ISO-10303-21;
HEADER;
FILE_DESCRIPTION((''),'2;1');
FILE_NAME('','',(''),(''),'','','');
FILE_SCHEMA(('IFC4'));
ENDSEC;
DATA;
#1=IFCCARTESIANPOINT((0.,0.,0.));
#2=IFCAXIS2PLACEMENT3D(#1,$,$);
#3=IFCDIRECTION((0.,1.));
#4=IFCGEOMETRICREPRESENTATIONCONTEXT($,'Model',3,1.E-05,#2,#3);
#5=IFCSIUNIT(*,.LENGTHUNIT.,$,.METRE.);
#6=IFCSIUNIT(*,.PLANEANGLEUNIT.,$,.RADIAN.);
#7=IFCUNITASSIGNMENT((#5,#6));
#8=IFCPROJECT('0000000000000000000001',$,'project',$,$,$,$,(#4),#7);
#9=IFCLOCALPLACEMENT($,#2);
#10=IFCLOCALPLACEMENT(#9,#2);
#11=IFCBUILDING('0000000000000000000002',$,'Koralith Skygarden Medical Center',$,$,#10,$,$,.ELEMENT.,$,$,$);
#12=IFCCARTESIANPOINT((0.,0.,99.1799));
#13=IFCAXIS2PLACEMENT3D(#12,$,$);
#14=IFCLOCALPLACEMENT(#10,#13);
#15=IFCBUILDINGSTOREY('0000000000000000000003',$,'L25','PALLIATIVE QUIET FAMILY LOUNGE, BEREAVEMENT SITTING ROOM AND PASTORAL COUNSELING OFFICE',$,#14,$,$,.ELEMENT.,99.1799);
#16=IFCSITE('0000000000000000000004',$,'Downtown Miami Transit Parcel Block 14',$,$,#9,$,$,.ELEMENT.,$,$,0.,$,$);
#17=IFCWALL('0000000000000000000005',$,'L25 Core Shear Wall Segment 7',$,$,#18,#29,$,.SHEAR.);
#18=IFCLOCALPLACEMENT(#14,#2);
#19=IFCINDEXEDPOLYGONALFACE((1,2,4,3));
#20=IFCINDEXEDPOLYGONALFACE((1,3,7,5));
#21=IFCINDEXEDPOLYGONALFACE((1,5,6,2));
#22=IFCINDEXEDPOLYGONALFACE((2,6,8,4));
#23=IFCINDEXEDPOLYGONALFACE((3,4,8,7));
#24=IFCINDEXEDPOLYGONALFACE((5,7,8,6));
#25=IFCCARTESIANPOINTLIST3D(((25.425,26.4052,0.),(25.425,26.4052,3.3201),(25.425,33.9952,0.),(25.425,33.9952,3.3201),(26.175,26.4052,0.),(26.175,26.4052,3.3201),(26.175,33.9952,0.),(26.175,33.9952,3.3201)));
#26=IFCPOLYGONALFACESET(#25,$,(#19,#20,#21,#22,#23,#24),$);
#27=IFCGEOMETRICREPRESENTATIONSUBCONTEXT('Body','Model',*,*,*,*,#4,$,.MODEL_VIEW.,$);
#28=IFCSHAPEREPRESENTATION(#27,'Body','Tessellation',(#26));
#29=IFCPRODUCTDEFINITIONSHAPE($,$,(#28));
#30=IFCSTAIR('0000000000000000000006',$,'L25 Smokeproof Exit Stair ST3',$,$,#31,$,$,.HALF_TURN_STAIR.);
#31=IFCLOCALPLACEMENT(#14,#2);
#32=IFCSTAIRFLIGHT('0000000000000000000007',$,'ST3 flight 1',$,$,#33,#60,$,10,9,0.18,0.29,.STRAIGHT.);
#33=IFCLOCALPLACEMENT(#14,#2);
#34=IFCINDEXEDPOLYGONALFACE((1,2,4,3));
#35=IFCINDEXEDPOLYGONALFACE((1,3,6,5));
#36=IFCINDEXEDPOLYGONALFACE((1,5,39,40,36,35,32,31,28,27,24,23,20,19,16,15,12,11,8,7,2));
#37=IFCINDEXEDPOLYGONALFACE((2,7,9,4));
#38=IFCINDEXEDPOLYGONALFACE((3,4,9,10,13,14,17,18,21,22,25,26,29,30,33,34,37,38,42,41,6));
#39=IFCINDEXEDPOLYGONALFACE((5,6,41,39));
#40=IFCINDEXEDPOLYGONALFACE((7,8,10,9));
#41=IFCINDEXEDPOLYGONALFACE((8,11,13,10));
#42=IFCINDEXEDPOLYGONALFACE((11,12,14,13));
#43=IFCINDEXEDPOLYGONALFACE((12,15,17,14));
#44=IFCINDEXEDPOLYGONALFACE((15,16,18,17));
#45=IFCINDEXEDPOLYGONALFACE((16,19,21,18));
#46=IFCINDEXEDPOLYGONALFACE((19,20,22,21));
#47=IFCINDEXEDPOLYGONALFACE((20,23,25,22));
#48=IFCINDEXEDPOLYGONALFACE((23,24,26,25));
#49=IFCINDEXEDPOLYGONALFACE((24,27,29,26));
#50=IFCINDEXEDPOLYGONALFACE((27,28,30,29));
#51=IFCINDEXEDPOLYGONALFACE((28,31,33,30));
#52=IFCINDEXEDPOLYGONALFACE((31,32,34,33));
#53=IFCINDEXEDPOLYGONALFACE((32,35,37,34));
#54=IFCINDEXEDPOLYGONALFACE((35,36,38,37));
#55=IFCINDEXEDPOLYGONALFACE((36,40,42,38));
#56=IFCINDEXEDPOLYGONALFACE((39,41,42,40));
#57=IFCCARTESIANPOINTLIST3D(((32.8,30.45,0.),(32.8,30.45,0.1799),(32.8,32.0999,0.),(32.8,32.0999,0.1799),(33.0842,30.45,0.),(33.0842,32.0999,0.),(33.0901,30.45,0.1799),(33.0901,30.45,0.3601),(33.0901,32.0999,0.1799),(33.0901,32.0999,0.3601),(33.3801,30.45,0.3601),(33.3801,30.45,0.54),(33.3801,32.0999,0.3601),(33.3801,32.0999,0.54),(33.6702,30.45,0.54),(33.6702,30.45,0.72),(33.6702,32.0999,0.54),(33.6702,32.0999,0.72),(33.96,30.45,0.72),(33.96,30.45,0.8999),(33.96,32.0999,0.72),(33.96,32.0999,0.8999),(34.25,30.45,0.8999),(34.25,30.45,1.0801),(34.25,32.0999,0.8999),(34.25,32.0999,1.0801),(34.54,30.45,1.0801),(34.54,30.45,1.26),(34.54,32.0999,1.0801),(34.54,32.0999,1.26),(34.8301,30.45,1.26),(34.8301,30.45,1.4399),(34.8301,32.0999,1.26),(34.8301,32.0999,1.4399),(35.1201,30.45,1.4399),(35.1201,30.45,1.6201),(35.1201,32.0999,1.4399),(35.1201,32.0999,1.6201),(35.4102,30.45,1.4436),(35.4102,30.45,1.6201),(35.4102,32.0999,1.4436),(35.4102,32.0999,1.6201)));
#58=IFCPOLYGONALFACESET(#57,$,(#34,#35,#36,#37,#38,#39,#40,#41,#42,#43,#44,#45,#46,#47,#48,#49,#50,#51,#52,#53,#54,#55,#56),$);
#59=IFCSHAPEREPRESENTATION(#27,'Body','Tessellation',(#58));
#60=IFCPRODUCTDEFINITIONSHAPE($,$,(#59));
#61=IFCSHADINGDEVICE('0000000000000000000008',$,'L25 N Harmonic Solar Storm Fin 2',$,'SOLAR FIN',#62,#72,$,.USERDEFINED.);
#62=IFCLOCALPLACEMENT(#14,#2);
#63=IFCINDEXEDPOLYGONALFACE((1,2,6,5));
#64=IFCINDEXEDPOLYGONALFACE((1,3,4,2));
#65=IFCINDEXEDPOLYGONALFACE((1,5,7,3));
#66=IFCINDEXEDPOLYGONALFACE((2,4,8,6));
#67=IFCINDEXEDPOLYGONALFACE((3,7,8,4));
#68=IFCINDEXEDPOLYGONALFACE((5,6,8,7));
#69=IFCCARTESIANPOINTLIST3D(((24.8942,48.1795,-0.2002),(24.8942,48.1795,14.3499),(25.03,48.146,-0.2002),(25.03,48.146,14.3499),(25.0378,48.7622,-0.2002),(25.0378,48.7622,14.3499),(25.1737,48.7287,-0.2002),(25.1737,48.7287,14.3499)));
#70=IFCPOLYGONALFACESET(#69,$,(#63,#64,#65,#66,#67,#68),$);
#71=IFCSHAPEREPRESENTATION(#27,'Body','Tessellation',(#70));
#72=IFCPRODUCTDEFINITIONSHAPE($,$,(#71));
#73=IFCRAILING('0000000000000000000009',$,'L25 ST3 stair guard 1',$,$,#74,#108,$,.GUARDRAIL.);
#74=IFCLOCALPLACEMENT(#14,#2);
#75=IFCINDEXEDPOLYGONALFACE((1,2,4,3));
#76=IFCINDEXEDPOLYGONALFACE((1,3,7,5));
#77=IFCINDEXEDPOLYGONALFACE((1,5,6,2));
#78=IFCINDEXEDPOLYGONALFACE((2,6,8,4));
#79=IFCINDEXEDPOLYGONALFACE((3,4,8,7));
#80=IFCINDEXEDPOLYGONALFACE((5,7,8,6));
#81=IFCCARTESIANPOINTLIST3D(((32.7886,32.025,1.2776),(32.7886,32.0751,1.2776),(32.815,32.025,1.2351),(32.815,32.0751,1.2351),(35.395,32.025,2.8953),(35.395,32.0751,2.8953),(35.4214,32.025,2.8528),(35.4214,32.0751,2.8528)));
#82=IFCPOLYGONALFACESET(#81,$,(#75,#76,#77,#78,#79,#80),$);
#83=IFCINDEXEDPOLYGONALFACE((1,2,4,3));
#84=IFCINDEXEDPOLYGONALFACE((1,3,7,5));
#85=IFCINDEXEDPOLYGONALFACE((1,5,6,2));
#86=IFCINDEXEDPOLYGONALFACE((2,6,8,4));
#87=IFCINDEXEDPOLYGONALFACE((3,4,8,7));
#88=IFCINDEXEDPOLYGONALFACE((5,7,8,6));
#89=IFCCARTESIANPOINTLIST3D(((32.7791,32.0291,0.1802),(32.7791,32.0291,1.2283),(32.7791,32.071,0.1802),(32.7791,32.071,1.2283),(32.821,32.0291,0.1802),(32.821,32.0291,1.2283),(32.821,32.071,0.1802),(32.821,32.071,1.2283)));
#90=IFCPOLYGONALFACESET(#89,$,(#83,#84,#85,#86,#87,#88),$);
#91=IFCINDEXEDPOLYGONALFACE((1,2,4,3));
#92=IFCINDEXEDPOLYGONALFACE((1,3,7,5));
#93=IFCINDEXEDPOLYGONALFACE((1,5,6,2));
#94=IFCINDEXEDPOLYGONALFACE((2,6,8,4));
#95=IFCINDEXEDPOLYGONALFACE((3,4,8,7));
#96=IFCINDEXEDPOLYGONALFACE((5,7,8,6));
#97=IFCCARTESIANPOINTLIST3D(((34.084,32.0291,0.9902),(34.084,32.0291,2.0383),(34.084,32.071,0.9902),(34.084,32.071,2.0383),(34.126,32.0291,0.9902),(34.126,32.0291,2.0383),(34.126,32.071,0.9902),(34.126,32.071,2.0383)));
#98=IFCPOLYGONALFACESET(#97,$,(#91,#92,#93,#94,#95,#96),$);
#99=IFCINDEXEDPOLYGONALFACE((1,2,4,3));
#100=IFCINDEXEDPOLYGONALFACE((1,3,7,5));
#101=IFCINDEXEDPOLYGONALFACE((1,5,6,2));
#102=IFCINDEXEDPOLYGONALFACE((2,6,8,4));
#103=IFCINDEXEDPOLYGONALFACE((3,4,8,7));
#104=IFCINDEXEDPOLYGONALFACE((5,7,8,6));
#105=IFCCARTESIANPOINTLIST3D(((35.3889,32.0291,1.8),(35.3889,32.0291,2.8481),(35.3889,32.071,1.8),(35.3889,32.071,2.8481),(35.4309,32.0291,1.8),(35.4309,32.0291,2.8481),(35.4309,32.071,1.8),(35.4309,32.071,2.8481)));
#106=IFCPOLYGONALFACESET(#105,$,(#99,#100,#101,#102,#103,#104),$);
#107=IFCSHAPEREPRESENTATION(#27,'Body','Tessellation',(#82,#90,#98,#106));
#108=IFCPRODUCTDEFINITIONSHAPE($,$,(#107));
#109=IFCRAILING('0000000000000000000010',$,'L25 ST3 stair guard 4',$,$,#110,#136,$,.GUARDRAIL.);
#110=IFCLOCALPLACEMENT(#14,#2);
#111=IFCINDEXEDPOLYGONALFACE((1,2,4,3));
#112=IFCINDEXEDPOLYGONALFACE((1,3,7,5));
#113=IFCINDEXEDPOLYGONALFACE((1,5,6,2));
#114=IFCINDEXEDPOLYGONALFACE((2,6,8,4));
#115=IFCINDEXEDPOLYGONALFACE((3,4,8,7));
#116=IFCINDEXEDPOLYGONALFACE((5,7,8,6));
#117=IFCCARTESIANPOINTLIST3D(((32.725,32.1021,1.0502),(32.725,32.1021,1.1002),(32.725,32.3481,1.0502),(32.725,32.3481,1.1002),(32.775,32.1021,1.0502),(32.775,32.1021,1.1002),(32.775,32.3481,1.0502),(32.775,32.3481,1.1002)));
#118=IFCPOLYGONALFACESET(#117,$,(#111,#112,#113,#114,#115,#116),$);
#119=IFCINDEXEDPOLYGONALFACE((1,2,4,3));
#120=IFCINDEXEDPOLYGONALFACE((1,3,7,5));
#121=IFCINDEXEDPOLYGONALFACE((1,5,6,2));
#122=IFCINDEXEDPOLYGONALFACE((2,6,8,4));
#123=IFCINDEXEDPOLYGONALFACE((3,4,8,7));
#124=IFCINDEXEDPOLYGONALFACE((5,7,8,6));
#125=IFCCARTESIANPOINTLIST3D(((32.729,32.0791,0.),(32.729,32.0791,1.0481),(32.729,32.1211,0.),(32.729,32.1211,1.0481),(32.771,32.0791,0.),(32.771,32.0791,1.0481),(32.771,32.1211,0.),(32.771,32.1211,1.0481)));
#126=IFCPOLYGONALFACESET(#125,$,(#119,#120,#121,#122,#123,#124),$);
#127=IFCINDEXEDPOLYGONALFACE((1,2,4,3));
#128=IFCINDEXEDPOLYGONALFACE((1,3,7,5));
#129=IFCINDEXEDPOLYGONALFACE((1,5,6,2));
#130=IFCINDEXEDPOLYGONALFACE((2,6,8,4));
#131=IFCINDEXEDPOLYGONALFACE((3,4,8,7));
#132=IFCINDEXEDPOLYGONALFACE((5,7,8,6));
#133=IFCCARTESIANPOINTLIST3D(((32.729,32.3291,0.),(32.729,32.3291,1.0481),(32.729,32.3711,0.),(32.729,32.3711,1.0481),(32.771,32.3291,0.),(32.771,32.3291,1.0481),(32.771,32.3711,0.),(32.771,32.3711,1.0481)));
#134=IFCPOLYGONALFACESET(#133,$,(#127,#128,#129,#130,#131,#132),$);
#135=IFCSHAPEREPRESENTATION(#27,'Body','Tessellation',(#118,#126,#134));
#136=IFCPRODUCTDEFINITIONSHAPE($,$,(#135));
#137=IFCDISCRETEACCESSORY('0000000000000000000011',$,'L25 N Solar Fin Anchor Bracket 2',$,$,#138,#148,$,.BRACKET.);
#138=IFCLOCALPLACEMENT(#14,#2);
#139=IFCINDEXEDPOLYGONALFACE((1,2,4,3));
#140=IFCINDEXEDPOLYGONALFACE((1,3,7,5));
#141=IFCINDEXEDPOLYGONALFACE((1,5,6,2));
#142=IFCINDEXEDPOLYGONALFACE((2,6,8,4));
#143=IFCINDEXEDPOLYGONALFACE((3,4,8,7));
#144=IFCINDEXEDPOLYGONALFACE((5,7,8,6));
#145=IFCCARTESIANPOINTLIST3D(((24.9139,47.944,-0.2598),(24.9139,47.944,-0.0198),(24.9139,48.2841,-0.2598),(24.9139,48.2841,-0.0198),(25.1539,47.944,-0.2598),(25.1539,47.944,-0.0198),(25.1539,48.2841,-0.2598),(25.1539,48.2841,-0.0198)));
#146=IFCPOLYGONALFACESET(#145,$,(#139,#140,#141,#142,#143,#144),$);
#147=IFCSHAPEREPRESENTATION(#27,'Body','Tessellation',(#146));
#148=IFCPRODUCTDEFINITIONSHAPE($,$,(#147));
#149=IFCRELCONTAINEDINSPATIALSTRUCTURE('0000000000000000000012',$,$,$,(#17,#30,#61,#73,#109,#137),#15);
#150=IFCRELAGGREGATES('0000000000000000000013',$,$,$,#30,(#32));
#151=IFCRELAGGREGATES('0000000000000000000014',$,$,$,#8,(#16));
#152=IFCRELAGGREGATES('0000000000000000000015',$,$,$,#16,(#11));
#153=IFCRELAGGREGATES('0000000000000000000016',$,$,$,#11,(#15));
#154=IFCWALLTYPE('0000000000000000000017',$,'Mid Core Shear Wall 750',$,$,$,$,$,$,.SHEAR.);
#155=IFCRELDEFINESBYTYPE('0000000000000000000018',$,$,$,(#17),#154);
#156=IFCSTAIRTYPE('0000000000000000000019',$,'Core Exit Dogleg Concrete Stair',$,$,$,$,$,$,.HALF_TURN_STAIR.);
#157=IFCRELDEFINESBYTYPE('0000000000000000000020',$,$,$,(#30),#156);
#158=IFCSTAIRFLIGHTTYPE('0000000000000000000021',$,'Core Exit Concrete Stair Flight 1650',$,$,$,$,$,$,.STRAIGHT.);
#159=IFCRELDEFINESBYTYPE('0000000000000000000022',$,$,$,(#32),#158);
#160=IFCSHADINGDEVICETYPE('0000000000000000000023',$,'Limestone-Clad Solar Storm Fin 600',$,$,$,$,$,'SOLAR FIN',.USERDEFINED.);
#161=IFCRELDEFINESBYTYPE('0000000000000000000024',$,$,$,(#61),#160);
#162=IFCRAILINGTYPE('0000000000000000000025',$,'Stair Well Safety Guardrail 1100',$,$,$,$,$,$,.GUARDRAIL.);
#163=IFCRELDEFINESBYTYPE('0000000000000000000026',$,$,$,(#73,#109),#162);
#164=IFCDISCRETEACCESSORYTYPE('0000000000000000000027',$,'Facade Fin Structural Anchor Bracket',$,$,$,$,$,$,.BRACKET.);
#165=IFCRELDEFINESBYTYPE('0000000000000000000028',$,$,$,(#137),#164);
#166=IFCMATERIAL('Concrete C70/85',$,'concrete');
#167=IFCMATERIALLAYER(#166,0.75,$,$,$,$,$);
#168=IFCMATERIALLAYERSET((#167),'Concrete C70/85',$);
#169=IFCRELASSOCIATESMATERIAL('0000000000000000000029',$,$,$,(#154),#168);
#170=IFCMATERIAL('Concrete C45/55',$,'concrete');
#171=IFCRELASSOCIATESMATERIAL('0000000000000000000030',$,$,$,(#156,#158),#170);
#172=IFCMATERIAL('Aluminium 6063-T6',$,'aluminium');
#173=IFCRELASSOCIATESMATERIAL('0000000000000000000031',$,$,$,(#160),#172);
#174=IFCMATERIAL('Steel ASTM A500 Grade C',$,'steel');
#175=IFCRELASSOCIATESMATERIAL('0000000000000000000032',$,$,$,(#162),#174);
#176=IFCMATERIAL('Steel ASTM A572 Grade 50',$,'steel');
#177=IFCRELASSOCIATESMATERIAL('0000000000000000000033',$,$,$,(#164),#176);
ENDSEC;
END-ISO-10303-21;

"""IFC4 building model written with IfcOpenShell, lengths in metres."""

from ifc_helpers import new_model, si_unit, direction, frame, frame_2d, origin, origin_2d, place, context, subcontext, project, spatial, polyline, rectangle, outline, extrude, material, layer, layer_set, type_object, element, aggregate, save


model = new_model("IFC4")

# Units and contexts
model_context = context("Model", 3, precision=1e-05, world=origin(), true_north=direction((0.0, 1.0)))
body_context = subcontext(model_context, "Body", "Model", "MODEL_VIEW")
ifc_project = project(units=[si_unit("LENGTHUNIT", "METRE"), si_unit("PLANEANGLEUNIT", "RADIAN")], contexts=[model_context])

# Site, building, storey
site_placement = place(None, origin())
site = spatial("IfcSite", under=ifc_project, at=site_placement, Name="Downtown Miami Transit Parcel Block 14", CompositionType="ELEMENT", RefElevation=0.0)
building_placement = place(site_placement, origin())
building = spatial("IfcBuilding", under=site, at=building_placement, Name="Koralith Skygarden Medical Center", CompositionType="ELEMENT")
storey_placement = place(building_placement, frame((0.0, 0.0, 99.1799)))
storey = spatial("IfcBuildingStorey", under=building, at=storey_placement, Name="L25", Description="PALLIATIVE QUIET FAMILY LOUNGE, BEREAVEMENT SITTING ROOM AND PASTORAL COUNSELING OFFICE", CompositionType="ELEMENT", Elevation=99.1799)

# Shared definitions
ifc_material_1 = material(Name="Concrete C70/85", Category="concrete")

# Shared definitions
ifc_material_2 = material(Name="Aluminium 6063-T6", Category="aluminium")

# Shared definitions
ifc_material_3 = material(Name="Concrete C45/55", Category="concrete")

# Wall
ifc_layer_1 = layer(ifc_material_1, 0.75)
ifc_layer_set_1 = layer_set([ifc_layer_1], Name="Concrete C70/85")
wall_type_1 = type_object("IfcWallType", Name="Mid Core Shear Wall 750", PredefinedType="SHEAR", material=ifc_layer_set_1)
wall_1_placement = place(storey_placement, frame((25.8, 33.9951, 0.0), z_axis=(0.0, 0.0, 1.0), x_axis=(0.0, -1.0, 0.0)))
element("IfcWall", 1, at=wall_1_placement, inside=storey, type_object=wall_type_1, Name="L25 Core Shear Wall Segment 7", PredefinedType="SHEAR", context=body_context, shape_type="SweptSolid", body=[
    extrude(rectangle(XDim=7.5901, YDim=0.75, at=frame_2d((3.7949, 0.0))), origin(), (0.0, 0.0, 1.0), 3.3201),
])

# Stair, stair flight
stair_type = type_object("IfcStairType", Name="Core Exit Dogleg Concrete Stair", PredefinedType="HALF_TURN_STAIR", material=ifc_material_3)
stair_placement = place(storey_placement, origin())
stair = element("IfcStair", 2, at=stair_placement, inside=storey, type_object=stair_type, Name="L25 Smokeproof Exit Stair ST3", PredefinedType="HALF_TURN_STAIR")
stair_flight_type = type_object("IfcStairFlightType", Name="Core Exit Concrete Stair Flight 1650", PredefinedType="STRAIGHT", material=ifc_material_3)
stair_flight_placement = place(storey_placement, frame((32.8, 31.2749, 0.0), z_axis=(0.0, 0.0, 1.0), x_axis=(1.0, 0.0, 0.0)))
stair_flight = element("IfcStairFlight", 3, at=stair_flight_placement, type_object=stair_flight_type, Name="ST3 flight 1", NumberOfRisers=10, NumberOfTreads=9, PredefinedType="STRAIGHT", RiserHeight=0.18, TreadLength=0.29, context=body_context, shape_type="SweptSolid", body=[
    extrude(outline(polyline([(0.0, 0.0), (0.0, 0.1799), (0.29, 0.1799), (0.29, 0.3601), (0.5801, 0.3601), (0.5801, 0.54), (0.8701, 0.54), (0.8701, 0.72), (1.1599, 0.72), (1.1599, 0.8999), (1.45, 0.8999), (1.45, 1.0801), (1.74, 1.0801), (1.74, 1.26), (2.03, 1.26), (2.03, 1.4399), (2.3201, 1.4399), (2.3201, 1.6201), (2.6101, 1.6201), (2.6101, 1.8), (2.6101, 1.4436), (0.2842, 0.0), (0.0, 0.0)])), frame((0.0, 0.825, 0.0), z_axis=(0.0, -1.0, 0.0), x_axis=(1.0, 0.0, 0.0)), (0.0, 0.0, 1.0), 1.6499),
])
aggregate(stair, [stair_flight])

# Shading device
shading_device_type = type_object("IfcShadingDeviceType", Name="Limestone-Clad Solar Storm Fin 600", ElementType="SOLAR FIN", PredefinedType="USERDEFINED", material=ifc_material_2)
shading_device_placement = place(storey_placement, frame((25.0339, 48.4541, -0.2002), z_axis=(0.0, 0.0, 1.0), x_axis=(0.239381, 0.970926, 0.0)))
element("IfcShadingDevice", 4, at=shading_device_placement, inside=storey, type_object=shading_device_type, Name="L25 N Harmonic Solar Storm Fin 2", ObjectType="SOLAR FIN", PredefinedType="USERDEFINED", context=body_context, shape_type="SweptSolid", body=[
    extrude(rectangle(XDim=0.6001, YDim=0.1399, at=origin_2d()), origin(), (0.0, 0.0, 1.0), 14.55),
])

# Railings
ifc_material_4 = material(Name="Steel ASTM A500 Grade C", Category="steel")
railing_type = type_object("IfcRailingType", Name="Stair Well Safety Guardrail 1100", PredefinedType="GUARDRAIL", material=ifc_material_4)
railing_1_placement = place(storey_placement, frame((32.8, 32.05, 0.1802)))
element("IfcRailing", 5, at=railing_1_placement, inside=storey, type_object=railing_type, Name="L25 ST3 stair guard 1", PredefinedType="GUARDRAIL", context=body_context, shape_type="SweptSolid", body=[
    extrude(rectangle(XDim=0.05, YDim=0.05, at=origin_2d()), frame((0.0017, 0.0, 1.0762), z_axis=(0.849646, 0.0, 0.527353), x_axis=(0.0, 1.0, 0.0)), (0.0, 0.0, 1.0), 3.0676),
    extrude(rectangle(XDim=0.042, YDim=0.042, at=origin_2d()), origin(), (0.0, 0.0, 1.0), 1.0481),
    extrude(rectangle(XDim=0.042, YDim=0.042, at=origin_2d()), frame((1.3049, 0.0, 0.8101)), (0.0, 0.0, 1.0), 1.0481),
    extrude(rectangle(XDim=0.042, YDim=0.042, at=origin_2d()), frame((2.6099, 0.0, 1.6199)), (0.0, 0.0, 1.0), 1.0481),
])
railing_2_placement = place(storey_placement, frame((32.75, 32.1001, 0.0)))
element("IfcRailing", 6, at=railing_2_placement, inside=storey, type_object=railing_type, Name="L25 ST3 stair guard 4", PredefinedType="GUARDRAIL", context=body_context, shape_type="SweptSolid", body=[
    extrude(rectangle(XDim=0.05, YDim=0.05, at=origin_2d()), frame((0.0, 0.002, 1.0752), z_axis=(0.0, 1.0, 0.0), x_axis=(-1.0, 0.0, 0.0)), (0.0, 0.0, 1.0), 0.2461),
    extrude(rectangle(XDim=0.042, YDim=0.042, at=origin_2d()), origin(), (0.0, 0.0, 1.0), 1.0481),
    extrude(rectangle(XDim=0.042, YDim=0.042, at=origin_2d()), frame((0.0, 0.25, 0.0)), (0.0, 0.0, 1.0), 1.0481),
])

# Discrete accessory
ifc_material_5 = material(Name="Steel ASTM A572 Grade 50", Category="steel")
discrete_accessory_type = type_object("IfcDiscreteAccessoryType", Name="Facade Fin Structural Anchor Bracket", PredefinedType="BRACKET", material=ifc_material_5)
discrete_accessory_placement = place(storey_placement, frame((25.0339, 48.114, -0.2598), z_axis=(0.0, 0.0, 1.0), x_axis=(0.0, 1.0, 0.0)))
element("IfcDiscreteAccessory", 7, at=discrete_accessory_placement, inside=storey, type_object=discrete_accessory_type, Name="L25 N Solar Fin Anchor Bracket 2", PredefinedType="BRACKET", context=body_context, shape_type="SweptSolid", body=[
    extrude(rectangle(XDim=0.3401, YDim=0.24, at=origin_2d()), origin(), (0.0, 0.0, 1.0), 0.24),
])

save(model, "model.ifc")
